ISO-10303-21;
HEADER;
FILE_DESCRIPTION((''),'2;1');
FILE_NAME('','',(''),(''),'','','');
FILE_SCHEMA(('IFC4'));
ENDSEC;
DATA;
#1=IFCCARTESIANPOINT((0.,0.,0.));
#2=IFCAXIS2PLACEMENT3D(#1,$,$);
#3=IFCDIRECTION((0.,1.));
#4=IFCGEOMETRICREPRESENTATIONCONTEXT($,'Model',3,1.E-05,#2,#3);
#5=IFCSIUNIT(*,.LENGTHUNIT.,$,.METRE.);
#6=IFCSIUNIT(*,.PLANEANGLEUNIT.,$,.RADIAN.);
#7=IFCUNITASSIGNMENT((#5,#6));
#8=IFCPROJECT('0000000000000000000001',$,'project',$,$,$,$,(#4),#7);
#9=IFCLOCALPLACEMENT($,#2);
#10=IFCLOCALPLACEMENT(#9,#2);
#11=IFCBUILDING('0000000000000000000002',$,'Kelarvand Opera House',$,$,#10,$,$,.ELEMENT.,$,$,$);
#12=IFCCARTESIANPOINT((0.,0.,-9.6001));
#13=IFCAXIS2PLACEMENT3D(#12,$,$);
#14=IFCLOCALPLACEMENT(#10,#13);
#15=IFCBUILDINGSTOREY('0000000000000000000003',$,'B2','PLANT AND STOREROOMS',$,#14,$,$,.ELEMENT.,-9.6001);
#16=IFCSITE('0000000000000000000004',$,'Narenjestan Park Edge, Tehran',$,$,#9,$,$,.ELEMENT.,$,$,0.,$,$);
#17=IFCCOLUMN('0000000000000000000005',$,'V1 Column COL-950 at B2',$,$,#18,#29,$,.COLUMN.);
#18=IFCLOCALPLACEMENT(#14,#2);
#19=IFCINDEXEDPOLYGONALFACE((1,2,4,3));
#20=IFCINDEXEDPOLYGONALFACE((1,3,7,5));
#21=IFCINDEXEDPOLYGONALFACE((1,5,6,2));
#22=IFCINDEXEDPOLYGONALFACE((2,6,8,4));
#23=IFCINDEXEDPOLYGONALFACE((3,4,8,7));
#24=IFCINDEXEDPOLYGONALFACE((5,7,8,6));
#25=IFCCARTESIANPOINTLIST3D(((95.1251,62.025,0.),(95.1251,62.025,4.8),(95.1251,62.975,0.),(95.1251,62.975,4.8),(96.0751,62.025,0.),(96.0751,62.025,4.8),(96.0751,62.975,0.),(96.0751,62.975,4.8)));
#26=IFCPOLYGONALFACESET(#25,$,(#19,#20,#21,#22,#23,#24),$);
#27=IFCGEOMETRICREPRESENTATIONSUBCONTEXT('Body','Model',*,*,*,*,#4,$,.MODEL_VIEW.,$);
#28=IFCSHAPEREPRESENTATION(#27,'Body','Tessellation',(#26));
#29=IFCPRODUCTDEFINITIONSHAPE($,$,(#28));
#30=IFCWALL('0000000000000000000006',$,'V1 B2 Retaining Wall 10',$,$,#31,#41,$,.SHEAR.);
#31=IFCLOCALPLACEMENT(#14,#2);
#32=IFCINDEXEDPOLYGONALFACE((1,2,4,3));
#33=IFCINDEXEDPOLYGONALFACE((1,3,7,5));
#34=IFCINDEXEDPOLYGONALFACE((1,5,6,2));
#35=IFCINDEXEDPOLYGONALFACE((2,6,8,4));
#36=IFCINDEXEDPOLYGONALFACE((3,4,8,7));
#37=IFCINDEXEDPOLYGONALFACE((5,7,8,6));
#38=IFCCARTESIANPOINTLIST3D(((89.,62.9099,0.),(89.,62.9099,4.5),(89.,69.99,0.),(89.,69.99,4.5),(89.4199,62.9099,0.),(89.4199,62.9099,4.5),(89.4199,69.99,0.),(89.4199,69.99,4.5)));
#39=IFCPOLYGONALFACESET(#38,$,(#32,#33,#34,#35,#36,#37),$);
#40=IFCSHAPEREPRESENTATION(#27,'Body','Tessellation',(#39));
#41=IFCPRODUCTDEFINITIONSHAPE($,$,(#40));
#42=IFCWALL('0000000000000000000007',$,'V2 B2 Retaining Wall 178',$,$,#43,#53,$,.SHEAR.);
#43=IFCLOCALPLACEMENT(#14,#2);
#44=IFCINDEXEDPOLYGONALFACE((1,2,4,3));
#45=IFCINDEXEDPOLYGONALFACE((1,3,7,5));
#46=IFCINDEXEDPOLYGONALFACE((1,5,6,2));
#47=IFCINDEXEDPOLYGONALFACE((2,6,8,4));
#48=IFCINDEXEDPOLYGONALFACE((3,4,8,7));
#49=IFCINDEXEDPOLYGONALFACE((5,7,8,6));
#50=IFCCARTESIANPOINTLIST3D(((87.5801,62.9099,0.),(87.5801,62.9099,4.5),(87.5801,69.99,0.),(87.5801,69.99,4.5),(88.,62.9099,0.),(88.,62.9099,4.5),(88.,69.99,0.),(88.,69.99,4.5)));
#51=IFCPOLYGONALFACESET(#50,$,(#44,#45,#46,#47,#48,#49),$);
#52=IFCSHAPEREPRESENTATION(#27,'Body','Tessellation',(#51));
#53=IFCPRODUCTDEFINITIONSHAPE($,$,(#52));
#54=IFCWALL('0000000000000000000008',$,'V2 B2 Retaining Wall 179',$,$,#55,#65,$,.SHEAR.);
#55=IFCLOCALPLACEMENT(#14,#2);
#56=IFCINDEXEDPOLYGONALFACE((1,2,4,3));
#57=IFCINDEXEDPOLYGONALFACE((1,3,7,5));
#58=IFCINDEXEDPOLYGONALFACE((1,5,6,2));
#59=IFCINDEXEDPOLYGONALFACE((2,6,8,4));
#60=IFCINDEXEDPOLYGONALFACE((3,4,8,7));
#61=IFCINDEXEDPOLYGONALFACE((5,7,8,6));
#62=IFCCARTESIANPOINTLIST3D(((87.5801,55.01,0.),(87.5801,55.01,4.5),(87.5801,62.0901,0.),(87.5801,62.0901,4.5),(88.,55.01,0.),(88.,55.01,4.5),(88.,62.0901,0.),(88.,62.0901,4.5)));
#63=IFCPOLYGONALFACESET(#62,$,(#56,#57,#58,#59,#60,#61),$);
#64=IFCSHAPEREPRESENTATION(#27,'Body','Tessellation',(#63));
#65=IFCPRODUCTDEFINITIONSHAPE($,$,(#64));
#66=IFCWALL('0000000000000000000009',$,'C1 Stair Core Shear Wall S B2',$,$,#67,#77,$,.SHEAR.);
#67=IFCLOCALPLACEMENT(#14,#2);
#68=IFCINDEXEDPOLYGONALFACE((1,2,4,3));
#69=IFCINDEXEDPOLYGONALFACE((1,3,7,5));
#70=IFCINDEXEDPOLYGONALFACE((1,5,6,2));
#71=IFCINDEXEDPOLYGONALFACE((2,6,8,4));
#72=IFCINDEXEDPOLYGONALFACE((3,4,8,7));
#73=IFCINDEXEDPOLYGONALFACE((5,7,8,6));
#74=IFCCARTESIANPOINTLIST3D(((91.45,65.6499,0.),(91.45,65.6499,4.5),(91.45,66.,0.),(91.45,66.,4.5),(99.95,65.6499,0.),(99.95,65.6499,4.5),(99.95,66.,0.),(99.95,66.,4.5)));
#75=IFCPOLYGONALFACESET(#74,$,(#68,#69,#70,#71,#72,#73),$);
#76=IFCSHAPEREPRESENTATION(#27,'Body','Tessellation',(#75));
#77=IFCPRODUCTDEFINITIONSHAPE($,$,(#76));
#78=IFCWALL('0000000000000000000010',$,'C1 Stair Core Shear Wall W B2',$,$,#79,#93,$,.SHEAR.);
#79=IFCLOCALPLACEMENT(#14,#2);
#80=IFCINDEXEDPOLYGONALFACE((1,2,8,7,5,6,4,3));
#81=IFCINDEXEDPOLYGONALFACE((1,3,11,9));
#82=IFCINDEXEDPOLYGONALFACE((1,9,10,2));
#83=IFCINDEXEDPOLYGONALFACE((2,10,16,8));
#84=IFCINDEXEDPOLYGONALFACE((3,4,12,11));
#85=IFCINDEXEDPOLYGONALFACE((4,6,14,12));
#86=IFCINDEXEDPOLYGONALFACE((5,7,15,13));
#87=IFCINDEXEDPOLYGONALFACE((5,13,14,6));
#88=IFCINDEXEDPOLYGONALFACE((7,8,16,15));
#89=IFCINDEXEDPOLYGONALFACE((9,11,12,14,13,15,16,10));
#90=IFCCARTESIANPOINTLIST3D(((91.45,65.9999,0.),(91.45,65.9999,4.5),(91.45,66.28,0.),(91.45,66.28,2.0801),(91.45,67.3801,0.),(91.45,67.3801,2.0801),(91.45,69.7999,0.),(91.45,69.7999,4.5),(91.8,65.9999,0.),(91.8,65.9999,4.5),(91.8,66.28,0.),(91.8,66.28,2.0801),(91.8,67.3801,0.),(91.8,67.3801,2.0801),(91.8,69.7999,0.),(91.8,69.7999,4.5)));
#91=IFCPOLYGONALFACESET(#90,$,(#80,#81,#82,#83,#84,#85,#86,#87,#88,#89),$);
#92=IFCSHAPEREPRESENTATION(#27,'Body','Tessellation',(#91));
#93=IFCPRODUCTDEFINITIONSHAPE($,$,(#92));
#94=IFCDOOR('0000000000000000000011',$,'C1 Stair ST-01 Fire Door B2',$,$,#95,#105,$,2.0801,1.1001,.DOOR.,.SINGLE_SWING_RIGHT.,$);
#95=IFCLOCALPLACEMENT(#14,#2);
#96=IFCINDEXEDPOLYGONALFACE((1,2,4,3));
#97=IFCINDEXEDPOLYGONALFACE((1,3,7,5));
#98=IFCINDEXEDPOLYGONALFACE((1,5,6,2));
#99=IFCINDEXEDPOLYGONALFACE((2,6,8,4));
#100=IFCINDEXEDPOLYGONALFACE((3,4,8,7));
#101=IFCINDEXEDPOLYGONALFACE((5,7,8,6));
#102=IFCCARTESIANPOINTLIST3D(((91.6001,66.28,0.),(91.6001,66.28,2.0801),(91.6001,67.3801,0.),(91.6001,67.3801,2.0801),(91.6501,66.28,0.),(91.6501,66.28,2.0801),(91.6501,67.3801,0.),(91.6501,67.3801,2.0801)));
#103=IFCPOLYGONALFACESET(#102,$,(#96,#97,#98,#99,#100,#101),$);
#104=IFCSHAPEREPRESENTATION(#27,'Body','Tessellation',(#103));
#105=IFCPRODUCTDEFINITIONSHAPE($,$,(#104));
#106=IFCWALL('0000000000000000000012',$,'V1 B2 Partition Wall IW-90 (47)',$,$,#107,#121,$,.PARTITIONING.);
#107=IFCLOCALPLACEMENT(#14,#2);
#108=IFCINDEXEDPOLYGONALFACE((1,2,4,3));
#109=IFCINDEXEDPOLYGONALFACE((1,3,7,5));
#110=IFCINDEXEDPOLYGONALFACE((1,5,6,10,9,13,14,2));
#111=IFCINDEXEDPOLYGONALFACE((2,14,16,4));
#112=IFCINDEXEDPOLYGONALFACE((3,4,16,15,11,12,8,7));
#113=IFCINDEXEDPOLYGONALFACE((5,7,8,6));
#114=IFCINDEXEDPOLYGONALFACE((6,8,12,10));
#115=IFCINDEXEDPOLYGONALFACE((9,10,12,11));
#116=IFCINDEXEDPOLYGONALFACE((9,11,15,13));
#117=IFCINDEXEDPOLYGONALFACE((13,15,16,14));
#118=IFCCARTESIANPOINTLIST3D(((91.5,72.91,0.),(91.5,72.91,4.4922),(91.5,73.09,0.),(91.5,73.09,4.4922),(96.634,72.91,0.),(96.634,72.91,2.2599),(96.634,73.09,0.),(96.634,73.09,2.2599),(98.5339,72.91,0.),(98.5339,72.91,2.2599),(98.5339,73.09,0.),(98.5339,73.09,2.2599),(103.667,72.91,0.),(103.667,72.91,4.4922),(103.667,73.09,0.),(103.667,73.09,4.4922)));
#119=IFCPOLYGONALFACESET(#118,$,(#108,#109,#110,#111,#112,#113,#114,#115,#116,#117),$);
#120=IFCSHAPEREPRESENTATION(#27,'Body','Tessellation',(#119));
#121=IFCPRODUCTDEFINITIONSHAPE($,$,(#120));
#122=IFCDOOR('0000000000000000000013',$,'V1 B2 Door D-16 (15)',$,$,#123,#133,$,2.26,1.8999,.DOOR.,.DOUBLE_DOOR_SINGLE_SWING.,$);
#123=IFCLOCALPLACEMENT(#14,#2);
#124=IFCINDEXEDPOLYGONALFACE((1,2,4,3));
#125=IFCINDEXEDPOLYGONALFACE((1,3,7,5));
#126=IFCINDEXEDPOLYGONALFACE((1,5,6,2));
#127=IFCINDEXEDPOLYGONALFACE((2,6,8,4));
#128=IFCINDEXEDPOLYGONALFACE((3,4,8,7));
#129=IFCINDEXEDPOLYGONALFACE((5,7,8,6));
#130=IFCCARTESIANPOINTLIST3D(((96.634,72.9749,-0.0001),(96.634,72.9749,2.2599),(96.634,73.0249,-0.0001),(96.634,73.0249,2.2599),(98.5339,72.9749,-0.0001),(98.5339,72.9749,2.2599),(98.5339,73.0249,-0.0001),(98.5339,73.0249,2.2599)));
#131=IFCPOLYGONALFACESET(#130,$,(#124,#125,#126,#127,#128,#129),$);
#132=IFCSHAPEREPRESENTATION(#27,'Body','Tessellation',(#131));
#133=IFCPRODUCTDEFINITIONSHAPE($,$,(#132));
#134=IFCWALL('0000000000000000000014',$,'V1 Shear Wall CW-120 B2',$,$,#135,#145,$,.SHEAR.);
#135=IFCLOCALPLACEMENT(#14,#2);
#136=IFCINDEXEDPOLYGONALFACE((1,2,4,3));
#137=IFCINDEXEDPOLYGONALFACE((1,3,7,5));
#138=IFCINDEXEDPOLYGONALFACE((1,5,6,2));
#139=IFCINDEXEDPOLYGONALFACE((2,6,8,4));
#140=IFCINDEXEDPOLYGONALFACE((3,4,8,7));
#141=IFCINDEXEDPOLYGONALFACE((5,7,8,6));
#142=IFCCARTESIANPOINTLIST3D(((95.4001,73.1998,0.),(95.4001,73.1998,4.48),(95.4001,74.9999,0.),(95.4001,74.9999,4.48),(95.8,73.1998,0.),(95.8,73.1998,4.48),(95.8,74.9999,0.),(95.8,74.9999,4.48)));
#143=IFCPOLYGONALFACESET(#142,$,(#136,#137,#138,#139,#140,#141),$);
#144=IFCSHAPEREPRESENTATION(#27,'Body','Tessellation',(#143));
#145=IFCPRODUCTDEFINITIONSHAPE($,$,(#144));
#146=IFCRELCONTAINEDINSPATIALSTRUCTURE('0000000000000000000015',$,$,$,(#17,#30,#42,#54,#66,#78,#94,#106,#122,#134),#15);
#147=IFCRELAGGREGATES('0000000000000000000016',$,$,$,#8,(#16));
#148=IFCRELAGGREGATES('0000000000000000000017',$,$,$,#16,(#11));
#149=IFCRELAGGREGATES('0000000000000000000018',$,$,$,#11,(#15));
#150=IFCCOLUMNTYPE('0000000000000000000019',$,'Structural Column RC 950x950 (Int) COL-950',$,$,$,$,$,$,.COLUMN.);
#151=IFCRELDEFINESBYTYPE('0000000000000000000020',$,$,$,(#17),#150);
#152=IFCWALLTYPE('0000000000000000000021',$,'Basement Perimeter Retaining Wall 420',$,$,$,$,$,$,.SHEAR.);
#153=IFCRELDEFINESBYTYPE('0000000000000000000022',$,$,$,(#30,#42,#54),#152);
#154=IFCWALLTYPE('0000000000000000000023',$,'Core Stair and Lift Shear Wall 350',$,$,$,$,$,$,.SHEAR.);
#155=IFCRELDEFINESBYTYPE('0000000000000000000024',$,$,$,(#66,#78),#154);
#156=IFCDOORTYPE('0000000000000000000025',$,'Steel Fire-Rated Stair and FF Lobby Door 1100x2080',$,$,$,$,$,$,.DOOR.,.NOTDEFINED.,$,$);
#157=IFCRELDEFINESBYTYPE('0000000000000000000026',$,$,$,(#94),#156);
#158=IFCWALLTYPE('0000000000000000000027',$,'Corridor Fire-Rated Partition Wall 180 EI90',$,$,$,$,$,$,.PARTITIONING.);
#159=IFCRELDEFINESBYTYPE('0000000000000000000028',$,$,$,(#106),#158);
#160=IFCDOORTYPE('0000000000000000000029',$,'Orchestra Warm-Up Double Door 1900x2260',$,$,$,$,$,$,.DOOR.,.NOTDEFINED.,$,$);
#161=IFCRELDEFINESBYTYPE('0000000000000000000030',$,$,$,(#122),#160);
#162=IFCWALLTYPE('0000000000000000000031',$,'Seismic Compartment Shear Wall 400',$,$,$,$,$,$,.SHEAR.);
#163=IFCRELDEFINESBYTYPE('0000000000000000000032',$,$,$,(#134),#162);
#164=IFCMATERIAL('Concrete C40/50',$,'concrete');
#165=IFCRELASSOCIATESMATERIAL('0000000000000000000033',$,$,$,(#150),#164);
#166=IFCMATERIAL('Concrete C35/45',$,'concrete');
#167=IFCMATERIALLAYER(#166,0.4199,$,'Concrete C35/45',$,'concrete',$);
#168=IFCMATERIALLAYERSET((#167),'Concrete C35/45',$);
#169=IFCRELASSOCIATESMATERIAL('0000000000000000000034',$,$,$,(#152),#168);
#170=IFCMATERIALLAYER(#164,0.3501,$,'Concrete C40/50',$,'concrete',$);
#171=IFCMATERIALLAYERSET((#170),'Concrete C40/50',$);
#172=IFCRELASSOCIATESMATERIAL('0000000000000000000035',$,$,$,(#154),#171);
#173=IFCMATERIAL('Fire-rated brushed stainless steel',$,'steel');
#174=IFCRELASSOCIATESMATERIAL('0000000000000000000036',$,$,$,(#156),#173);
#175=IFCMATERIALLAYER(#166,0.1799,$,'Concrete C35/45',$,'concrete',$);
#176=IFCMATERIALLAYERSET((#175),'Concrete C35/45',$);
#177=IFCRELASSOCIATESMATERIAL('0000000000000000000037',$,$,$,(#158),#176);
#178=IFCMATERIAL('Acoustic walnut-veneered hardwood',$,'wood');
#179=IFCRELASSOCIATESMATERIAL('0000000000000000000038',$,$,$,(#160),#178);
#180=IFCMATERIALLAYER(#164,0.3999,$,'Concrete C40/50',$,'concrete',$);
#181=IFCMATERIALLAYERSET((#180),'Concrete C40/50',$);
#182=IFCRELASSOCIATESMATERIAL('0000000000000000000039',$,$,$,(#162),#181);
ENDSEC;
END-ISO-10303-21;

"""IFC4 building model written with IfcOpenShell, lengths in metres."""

from ifc_helpers import new_model, si_unit, direction, frame, frame_2d, origin, origin_2d, place, context, subcontext, project, spatial, rectangle, extrude, material, layer, layer_set, material_profile, profile_set, type_object, element, fill, save


model = new_model("IFC4")

# Units and contexts
model_context = context("Model", 3, precision=1e-05, world=origin(), true_north=direction((0.0, 1.0)))
body_context = subcontext(model_context, "Body", "Model", "MODEL_VIEW")
ifc_project = project(units=[si_unit("LENGTHUNIT", "METRE"), si_unit("PLANEANGLEUNIT", "RADIAN")], contexts=[model_context])

# Site, building, storey
site_placement = place(None, origin())
site = spatial("IfcSite", under=ifc_project, at=site_placement, Name="Narenjestan Park Edge, Tehran", CompositionType="ELEMENT", RefElevation=0.0)
building_placement = place(site_placement, origin())
building = spatial("IfcBuilding", under=site, at=building_placement, Name="Kelarvand Opera House", CompositionType="ELEMENT")
storey_placement = place(building_placement, frame((0.0, 0.0, -9.6001)))
storey = spatial("IfcBuildingStorey", under=building, at=storey_placement, Name="B2", Description="PLANT AND STOREROOMS", CompositionType="ELEMENT", Elevation=-9.6001)

# Shared definitions
ifc_material_1 = material(Name="Concrete C40/50", Category="concrete")

# Column
ifc_material_profile_1 = material_profile(ifc_material_1, rectangle(XDim=0.95, YDim=0.95, at=origin_2d()), Name="RC 950x950", Category="concrete")
ifc_profile_set_1 = profile_set([ifc_material_profile_1], Name="Concrete C40/50")
column_type_1 = type_object("IfcColumnType", Name="Structural Column RC 950x950 (Int) COL-950", PredefinedType="COLUMN", material=ifc_profile_set_1)
column_placement = place(storey_placement, frame((95.6001, 62.5, 0.0), z_axis=(0.0, 0.0, 1.0), x_axis=(1.0, 0.0, 0.0)))
element("IfcColumn", 1, at=column_placement, inside=storey, type_object=column_type_1, Name="V1 Column COL-950 at B2", PredefinedType="COLUMN", context=body_context, shape_type="SweptSolid", body=[
    extrude(rectangle(XDim=0.95, YDim=0.95, at=origin_2d()), origin(), (0.0, 0.0, 1.0), 4.8),
])

# Walls
ifc_material_2 = material(Name="Concrete C35/45", Category="concrete")
ifc_layer_1 = layer(ifc_material_2, 0.4199, Name="Concrete C35/45", Category="concrete")
ifc_layer_set_1 = layer_set([ifc_layer_1], Name="Concrete C35/45")
wall_type_1 = type_object("IfcWallType", Name="Basement Perimeter Retaining Wall 420", PredefinedType="SHEAR", material=ifc_layer_set_1)
wall_1_placement = place(storey_placement, frame((89.21, 62.9099, 0.0), z_axis=(0.0, 0.0, 1.0), x_axis=(0.0, 1.0, 0.0)))
element("IfcWall", 2, at=wall_1_placement, inside=storey, type_object=wall_type_1, Name="V1 B2 Retaining Wall 10", PredefinedType="SHEAR", context=body_context, shape_type="SweptSolid", body=[
    extrude(rectangle(XDim=7.0801, YDim=0.4199, at=frame_2d((3.54, 0.0))), origin(), (0.0, 0.0, 1.0), 4.5),
])
for number, where, z_axis, x_axis, name in (
    (3, (87.79, 69.99, 0.0), (0.0, 0.0, 1.0), (0.0, -1.0, 0.0), "V2 B2 Retaining Wall 178"),
    (4, (87.79, 62.0901, 0.0), (0.0, 0.0, 1.0), (0.0, -1.0, 0.0), "V2 B2 Retaining Wall 179"),
):
    element("IfcWall", number, at=place(storey_placement, frame(where, z_axis=z_axis, x_axis=x_axis)), inside=storey, type_object=wall_type_1, Name=name, PredefinedType="SHEAR", context=body_context, shape_type="SweptSolid", body=[
        extrude(rectangle(XDim=7.0801, YDim=0.4199, at=frame_2d((3.54, 0.0))), origin(), (0.0, 0.0, 1.0), 4.5),
    ])
ifc_layer_2 = layer(ifc_material_1, 0.3501, Name="Concrete C40/50", Category="concrete")
ifc_layer_set_2 = layer_set([ifc_layer_2], Name="Concrete C40/50")
wall_type_2 = type_object("IfcWallType", Name="Core Stair and Lift Shear Wall 350", PredefinedType="SHEAR", material=ifc_layer_set_2)
wall_2_placement = place(storey_placement, frame((91.45, 65.825, 0.0), z_axis=(0.0, 0.0, 1.0), x_axis=(1.0, 0.0, 0.0)))
element("IfcWall", 5, at=wall_2_placement, inside=storey, type_object=wall_type_2, Name="C1 Stair Core Shear Wall S B2", PredefinedType="SHEAR", context=body_context, shape_type="SweptSolid", body=[
    extrude(rectangle(XDim=8.5, YDim=0.3501, at=frame_2d((4.25, 0.0))), origin(), (0.0, 0.0, 1.0), 4.5),
])

# Walls, openings, doors
wall_3_placement = place(storey_placement, frame((91.625, 66.0, 0.0), z_axis=(0.0, 0.0, 1.0), x_axis=(0.0, 1.0, 0.0)))
wall_3 = element("IfcWall", 6, at=wall_3_placement, inside=storey, type_object=wall_type_2, Name="C1 Stair Core Shear Wall W B2", PredefinedType="SHEAR", context=body_context, shape_type="SweptSolid", body=[
    extrude(rectangle(XDim=3.8, YDim=0.3501, at=frame_2d((1.8999, 0.0))), origin(), (0.0, 0.0, 1.0), 4.5),
])
opening_1_placement = place(wall_3_placement, frame((0.28, 0.0, 0.0)))
opening_1 = element("IfcOpeningElement", 7, at=opening_1_placement, cuts=wall_3, PredefinedType="OPENING", context=body_context, shape_type="SweptSolid", body=[
    extrude(rectangle(XDim=1.1001, YDim=2.0801, at=frame_2d((0.55, 1.04))), frame((0.0, 0.1851, 0.0), z_axis=(0.0, -1.0, 0.0), x_axis=(1.0, 0.0, 0.0)), (0.0, 0.0, 1.0), 0.3701),
])
ifc_material_3 = material(Name="Fire-rated brushed stainless steel", Category="steel")
door_type_1 = type_object("IfcDoorType", Name="Steel Fire-Rated Stair and FF Lobby Door 1100x2080", OperationType="NOTDEFINED", PredefinedType="DOOR", material=ifc_material_3)
door_1_placement = place(opening_1_placement, origin())
door_1 = element("IfcDoor", 8, at=door_1_placement, inside=storey, type_object=door_type_1, Name="C1 Stair ST-01 Fire Door B2", OperationType="SINGLE_SWING_RIGHT", OverallHeight=2.0801, OverallWidth=1.1001, PredefinedType="DOOR", context=body_context, shape_type="SweptSolid", body=[
    extrude(rectangle(XDim=1.1001, YDim=2.0801, at=frame_2d((0.55, 1.04))), frame((0.0, 0.0249, 0.0), z_axis=(0.0, -1.0, 0.0), x_axis=(1.0, 0.0, 0.0)), (0.0, 0.0, 1.0), 0.05),
])
fill(opening_1, door_1)
ifc_layer_3 = layer(ifc_material_2, 0.1799, Name="Concrete C35/45", Category="concrete")
ifc_layer_set_3 = layer_set([ifc_layer_3], Name="Concrete C35/45")
wall_type_3 = type_object("IfcWallType", Name="Corridor Fire-Rated Partition Wall 180 EI90", PredefinedType="PARTITIONING", material=ifc_layer_set_3)
wall_4_placement = place(storey_placement, frame((91.5, 73.0, 0.0), z_axis=(0.0, 0.0, 1.0), x_axis=(1.0, 0.0, 0.0)))
wall_4 = element("IfcWall", 9, at=wall_4_placement, inside=storey, type_object=wall_type_3, Name="V1 B2 Partition Wall IW-90 (47)", PredefinedType="PARTITIONING", context=body_context, shape_type="SweptSolid", body=[
    extrude(rectangle(XDim=12.167, YDim=0.1799, at=frame_2d((6.0835, 0.0))), origin(), (0.0, 0.0, 1.0), 4.4922),
])
opening_2_placement = place(wall_4_placement, frame((5.134, 0.0, 0.0)))
opening_2 = element("IfcOpeningElement", 10, at=opening_2_placement, cuts=wall_4, PredefinedType="OPENING", context=body_context, shape_type="SweptSolid", body=[
    extrude(rectangle(XDim=1.8999, YDim=2.26, at=frame_2d((0.95, 1.1299))), frame((0.0, 0.1001, 0.0), z_axis=(0.0, -1.0, 0.0), x_axis=(1.0, 0.0, 0.0)), (0.0, 0.0, 1.0), 0.2),
])
ifc_material_4 = material(Name="Acoustic walnut-veneered hardwood", Category="wood")
door_type_2 = type_object("IfcDoorType", Name="Orchestra Warm-Up Double Door 1900x2260", OperationType="NOTDEFINED", PredefinedType="DOOR", material=ifc_material_4)
door_2_placement = place(opening_2_placement, origin())
door_2 = element("IfcDoor", 11, at=door_2_placement, inside=storey, type_object=door_type_2, Name="V1 B2 Door D-16 (15)", OperationType="DOUBLE_DOOR_SINGLE_SWING", OverallHeight=2.26, OverallWidth=1.8999, PredefinedType="DOOR", context=body_context, shape_type="SweptSolid", body=[
    extrude(rectangle(XDim=1.8999, YDim=2.26, at=frame_2d((0.95, 1.1299))), frame((0.0, 0.0249, 0.0), z_axis=(0.0, -1.0, 0.0), x_axis=(1.0, 0.0, 0.0)), (0.0, 0.0, 1.0), 0.05),
])
fill(opening_2, door_2)

# Wall
ifc_layer_4 = layer(ifc_material_1, 0.3999, Name="Concrete C40/50", Category="concrete")
ifc_layer_set_4 = layer_set([ifc_layer_4], Name="Concrete C40/50")
wall_type_4 = type_object("IfcWallType", Name="Seismic Compartment Shear Wall 400", PredefinedType="SHEAR", material=ifc_layer_set_4)
wall_5_placement = place(storey_placement, frame((95.6001, 73.2, 0.0), z_axis=(0.0, 0.0, 1.0), x_axis=(0.0, 1.0, 0.0)))
element("IfcWall", 12, at=wall_5_placement, inside=storey, type_object=wall_type_4, Name="V1 Shear Wall CW-120 B2", PredefinedType="SHEAR", context=body_context, shape_type="SweptSolid", body=[
    extrude(rectangle(XDim=1.8, YDim=0.3999, at=frame_2d((0.8999, 0.0))), origin(), (0.0, 0.0, 1.0), 4.48),
])

save(model, "model.ifc")
